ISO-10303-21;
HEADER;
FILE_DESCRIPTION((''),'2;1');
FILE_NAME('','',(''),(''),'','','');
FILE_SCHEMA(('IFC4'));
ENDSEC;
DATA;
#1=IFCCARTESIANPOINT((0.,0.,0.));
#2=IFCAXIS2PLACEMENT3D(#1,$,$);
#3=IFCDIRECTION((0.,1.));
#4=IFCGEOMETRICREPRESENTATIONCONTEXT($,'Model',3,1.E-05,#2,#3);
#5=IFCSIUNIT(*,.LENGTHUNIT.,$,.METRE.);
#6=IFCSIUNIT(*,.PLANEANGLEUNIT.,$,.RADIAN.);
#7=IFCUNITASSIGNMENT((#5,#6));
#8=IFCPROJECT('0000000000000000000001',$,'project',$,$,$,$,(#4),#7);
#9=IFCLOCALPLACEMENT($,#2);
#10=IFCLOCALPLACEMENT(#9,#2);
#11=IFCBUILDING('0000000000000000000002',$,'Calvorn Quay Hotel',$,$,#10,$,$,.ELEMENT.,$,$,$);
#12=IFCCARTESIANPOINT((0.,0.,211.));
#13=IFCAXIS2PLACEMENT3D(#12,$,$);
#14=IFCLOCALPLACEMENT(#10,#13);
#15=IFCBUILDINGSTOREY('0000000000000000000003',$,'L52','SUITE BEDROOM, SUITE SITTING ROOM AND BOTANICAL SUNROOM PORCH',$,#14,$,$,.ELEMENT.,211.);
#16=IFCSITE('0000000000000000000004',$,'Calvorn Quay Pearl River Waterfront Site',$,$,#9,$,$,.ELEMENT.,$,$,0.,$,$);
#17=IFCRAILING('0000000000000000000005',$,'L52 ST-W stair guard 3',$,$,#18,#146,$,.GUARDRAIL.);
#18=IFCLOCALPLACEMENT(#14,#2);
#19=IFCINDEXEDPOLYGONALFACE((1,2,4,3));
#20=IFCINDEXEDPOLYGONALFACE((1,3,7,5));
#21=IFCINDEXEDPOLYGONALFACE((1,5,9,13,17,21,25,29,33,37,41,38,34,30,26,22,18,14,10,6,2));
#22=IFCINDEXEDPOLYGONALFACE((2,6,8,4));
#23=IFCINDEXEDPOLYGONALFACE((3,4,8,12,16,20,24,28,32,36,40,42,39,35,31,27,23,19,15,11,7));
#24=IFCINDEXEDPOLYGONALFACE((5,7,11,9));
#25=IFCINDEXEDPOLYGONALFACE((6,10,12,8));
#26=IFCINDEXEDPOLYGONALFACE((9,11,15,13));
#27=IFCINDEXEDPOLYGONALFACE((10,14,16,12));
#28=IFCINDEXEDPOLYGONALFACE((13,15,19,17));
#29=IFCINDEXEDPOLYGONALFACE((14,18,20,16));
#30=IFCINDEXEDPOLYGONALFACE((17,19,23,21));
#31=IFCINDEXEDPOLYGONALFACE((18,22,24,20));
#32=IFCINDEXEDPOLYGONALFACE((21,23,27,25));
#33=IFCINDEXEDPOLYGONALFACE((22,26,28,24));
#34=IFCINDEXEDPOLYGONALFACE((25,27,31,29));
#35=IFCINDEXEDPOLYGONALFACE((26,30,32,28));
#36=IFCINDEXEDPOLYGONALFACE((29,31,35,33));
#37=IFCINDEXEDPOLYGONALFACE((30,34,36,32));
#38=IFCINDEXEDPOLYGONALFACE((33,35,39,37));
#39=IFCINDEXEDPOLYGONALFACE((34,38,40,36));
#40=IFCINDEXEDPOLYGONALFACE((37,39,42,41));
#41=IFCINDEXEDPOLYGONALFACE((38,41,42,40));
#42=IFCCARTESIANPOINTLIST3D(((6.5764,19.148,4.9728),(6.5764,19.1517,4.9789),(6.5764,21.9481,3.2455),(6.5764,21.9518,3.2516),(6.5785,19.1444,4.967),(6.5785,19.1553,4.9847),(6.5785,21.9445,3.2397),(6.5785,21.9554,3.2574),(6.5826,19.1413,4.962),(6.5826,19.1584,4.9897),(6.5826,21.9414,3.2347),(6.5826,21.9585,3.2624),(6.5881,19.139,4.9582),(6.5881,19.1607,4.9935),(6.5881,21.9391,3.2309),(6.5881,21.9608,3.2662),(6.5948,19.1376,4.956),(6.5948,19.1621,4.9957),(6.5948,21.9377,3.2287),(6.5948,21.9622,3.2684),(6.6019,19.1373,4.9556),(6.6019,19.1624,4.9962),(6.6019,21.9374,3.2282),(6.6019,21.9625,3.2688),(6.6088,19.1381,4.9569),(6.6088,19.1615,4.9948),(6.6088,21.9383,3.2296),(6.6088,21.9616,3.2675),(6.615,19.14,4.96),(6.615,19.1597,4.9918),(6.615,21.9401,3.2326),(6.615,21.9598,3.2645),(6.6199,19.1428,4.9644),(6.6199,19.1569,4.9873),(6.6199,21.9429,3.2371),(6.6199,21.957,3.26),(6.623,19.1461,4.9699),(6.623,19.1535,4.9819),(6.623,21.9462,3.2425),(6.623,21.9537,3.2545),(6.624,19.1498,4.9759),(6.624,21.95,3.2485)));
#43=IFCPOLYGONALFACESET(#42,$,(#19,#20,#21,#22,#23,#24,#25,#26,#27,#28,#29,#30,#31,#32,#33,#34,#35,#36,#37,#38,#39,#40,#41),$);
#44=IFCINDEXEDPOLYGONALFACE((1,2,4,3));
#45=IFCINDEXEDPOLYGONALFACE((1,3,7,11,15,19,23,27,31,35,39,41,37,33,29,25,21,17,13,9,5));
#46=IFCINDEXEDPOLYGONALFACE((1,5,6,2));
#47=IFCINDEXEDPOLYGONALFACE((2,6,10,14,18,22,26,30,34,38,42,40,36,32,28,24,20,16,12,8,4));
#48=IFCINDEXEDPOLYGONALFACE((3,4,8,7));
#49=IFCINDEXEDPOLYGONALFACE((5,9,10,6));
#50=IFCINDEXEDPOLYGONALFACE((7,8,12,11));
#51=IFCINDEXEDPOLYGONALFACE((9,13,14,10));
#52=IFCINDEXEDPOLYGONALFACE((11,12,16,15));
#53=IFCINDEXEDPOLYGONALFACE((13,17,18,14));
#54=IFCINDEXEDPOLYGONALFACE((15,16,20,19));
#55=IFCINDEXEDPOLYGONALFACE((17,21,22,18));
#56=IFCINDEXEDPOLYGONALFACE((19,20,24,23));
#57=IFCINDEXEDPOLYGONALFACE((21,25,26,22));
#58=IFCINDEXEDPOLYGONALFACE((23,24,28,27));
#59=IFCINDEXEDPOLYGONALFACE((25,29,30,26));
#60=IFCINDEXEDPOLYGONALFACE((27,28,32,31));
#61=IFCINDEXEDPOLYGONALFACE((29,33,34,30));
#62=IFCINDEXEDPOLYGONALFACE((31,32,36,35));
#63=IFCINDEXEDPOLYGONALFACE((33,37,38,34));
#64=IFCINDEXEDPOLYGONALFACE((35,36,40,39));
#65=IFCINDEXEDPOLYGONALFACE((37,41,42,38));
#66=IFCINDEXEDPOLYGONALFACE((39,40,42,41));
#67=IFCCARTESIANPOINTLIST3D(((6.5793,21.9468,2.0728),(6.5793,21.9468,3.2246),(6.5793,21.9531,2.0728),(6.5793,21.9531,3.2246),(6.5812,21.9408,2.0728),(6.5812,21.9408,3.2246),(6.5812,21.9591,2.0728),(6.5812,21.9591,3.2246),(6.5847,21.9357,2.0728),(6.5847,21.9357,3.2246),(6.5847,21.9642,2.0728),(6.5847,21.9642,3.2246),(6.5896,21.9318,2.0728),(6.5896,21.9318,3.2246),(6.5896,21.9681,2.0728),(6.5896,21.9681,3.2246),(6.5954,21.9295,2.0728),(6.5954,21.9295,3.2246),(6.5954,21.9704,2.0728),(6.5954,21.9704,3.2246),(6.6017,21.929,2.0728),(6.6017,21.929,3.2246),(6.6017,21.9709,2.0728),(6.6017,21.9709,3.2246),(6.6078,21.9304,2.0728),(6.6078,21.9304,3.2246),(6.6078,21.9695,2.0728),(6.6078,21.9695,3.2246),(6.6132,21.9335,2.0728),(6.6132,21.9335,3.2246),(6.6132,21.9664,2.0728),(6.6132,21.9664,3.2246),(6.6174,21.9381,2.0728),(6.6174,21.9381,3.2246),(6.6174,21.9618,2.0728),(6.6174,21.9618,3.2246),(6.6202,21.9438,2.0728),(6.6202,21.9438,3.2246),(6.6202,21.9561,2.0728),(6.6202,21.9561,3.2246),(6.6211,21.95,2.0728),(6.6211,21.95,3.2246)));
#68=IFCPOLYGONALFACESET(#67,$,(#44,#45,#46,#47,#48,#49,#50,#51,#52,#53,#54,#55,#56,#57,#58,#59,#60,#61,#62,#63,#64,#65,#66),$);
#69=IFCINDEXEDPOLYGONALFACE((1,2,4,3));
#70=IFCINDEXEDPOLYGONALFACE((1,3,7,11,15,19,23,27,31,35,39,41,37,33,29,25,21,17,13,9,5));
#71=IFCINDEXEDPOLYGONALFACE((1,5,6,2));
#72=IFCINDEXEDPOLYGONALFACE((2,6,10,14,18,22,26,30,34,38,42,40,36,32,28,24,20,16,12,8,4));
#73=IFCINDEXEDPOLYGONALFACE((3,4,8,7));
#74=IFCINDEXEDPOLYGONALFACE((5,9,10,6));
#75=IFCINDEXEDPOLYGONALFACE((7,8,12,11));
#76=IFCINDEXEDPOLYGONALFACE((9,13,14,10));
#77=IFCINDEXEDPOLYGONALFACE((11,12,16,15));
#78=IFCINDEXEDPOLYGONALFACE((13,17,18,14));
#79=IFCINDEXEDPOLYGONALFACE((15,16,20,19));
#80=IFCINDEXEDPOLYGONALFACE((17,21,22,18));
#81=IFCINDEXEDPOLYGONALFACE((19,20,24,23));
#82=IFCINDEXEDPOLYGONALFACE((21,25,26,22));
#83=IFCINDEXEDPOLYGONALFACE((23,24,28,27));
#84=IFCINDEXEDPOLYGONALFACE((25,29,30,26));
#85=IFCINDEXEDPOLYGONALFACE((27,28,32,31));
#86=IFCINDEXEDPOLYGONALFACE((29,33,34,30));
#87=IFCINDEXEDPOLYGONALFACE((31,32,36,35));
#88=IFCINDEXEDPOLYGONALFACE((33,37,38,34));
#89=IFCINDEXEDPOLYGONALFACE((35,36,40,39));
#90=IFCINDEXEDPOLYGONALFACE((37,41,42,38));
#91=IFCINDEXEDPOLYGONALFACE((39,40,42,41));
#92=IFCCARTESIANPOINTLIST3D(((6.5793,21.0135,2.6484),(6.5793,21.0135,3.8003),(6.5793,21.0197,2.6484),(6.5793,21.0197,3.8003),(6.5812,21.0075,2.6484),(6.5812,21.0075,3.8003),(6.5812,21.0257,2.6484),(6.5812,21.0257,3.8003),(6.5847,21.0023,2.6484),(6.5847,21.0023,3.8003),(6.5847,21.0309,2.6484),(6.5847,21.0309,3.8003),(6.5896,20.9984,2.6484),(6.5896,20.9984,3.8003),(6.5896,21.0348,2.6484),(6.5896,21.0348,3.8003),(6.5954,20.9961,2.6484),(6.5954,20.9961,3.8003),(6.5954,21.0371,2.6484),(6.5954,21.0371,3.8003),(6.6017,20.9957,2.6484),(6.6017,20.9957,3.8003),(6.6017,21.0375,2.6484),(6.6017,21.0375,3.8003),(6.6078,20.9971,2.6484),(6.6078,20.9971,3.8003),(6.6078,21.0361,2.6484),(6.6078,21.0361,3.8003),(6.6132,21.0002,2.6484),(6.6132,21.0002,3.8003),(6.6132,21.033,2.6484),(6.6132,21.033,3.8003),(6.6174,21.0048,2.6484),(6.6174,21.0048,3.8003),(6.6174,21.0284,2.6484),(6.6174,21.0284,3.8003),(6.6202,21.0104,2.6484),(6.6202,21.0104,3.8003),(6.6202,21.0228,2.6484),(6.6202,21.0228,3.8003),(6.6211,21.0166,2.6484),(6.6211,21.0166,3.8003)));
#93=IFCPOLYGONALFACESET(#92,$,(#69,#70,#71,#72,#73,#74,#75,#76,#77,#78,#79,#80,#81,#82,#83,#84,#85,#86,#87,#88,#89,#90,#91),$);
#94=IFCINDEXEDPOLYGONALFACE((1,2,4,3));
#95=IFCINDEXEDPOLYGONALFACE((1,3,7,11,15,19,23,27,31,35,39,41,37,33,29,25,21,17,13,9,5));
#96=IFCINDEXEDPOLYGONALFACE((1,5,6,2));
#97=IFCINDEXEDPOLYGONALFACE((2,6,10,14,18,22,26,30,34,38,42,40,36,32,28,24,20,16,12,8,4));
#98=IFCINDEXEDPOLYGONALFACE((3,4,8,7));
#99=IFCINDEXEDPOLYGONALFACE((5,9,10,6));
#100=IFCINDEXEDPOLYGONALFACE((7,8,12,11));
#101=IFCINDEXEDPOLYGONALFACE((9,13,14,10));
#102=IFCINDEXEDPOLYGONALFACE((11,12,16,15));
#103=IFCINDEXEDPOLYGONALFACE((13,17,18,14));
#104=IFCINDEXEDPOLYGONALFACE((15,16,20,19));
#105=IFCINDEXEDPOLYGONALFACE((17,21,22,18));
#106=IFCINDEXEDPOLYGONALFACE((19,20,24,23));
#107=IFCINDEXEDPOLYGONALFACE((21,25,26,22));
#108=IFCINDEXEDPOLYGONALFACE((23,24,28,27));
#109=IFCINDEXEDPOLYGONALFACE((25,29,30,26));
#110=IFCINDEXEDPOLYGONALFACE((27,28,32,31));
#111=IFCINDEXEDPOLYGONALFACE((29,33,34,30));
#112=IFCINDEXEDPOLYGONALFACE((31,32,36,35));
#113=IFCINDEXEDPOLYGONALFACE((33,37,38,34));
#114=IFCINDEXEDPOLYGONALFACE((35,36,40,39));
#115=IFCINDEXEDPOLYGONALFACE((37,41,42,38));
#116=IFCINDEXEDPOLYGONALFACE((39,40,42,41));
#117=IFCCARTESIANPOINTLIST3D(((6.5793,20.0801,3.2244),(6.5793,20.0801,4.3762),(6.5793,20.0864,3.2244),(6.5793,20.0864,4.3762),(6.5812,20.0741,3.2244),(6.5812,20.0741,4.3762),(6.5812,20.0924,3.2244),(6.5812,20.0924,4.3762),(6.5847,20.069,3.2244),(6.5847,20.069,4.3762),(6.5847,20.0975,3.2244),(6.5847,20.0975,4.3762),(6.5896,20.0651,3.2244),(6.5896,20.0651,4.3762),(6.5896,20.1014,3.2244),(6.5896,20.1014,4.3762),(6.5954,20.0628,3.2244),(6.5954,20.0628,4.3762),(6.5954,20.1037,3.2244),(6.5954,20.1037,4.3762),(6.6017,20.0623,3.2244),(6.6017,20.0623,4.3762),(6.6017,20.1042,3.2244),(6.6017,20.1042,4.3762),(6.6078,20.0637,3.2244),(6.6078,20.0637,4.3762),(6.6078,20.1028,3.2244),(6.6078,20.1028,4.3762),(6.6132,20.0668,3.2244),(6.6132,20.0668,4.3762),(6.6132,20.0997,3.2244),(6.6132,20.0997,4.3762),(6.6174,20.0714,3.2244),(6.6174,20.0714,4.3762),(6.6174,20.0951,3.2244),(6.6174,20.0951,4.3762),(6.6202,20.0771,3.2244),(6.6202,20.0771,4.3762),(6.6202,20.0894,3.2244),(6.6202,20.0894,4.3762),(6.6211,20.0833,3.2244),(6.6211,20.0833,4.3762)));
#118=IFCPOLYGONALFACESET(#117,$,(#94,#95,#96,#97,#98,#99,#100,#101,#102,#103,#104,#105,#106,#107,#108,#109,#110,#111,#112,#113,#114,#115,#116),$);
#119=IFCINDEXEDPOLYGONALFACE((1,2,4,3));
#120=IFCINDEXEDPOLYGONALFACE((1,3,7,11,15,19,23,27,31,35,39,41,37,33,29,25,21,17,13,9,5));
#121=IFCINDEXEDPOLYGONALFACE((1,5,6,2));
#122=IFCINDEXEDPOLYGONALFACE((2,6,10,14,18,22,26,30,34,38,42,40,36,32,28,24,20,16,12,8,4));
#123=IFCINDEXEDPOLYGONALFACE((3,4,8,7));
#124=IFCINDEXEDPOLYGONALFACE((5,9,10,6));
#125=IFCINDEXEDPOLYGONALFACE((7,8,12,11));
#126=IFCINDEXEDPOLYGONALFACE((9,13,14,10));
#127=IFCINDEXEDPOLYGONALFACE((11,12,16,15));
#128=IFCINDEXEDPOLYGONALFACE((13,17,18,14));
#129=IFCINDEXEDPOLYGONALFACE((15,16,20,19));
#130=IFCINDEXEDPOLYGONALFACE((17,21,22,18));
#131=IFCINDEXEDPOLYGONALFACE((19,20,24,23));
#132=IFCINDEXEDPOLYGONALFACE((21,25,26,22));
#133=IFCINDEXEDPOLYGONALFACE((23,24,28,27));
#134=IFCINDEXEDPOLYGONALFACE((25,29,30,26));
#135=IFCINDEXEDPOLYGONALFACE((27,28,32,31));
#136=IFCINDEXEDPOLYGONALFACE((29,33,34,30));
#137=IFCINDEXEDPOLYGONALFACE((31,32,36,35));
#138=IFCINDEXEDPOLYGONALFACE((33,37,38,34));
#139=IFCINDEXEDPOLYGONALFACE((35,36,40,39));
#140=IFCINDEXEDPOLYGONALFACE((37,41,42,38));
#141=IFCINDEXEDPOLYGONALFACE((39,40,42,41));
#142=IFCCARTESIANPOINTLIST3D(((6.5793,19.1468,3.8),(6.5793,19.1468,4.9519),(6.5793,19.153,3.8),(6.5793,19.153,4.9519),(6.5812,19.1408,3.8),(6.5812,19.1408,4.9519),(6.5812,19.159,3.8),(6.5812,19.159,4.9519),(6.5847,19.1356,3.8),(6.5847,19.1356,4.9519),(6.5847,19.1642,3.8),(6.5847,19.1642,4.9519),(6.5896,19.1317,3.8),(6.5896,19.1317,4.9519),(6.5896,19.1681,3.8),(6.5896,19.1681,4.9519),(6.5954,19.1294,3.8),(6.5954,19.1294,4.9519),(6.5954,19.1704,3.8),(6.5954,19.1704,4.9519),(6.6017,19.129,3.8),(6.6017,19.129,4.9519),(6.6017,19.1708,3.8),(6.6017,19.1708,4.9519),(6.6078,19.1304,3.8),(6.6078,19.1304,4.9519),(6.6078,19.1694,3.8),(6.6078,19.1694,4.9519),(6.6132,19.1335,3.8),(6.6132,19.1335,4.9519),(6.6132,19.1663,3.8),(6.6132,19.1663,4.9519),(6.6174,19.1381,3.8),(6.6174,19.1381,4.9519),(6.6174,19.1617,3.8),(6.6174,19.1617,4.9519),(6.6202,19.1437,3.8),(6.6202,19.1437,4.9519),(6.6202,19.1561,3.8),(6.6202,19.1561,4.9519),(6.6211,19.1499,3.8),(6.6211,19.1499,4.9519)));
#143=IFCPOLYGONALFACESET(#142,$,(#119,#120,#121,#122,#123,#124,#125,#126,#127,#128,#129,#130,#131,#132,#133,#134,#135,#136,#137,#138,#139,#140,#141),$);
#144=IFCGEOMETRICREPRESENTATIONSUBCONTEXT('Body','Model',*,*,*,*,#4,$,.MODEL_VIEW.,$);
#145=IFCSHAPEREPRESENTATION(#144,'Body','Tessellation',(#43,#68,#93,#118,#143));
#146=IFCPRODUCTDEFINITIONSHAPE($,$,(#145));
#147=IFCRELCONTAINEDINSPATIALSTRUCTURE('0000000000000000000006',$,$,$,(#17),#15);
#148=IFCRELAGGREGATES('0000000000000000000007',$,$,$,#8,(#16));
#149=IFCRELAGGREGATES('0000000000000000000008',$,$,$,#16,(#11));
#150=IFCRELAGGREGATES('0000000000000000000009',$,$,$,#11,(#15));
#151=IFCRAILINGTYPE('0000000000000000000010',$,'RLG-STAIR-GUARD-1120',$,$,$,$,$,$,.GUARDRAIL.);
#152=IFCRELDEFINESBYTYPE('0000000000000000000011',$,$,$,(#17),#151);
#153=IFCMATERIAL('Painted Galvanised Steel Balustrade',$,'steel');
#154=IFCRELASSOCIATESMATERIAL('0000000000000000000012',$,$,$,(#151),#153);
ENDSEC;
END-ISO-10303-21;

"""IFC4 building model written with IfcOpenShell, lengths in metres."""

from ifc_helpers import new_model, si_unit, direction, frame, origin, origin_2d, place, context, subcontext, project, spatial, circle, extrude, material, type_object, element, save


model = new_model("IFC4")

# Units and contexts
model_context = context("Model", 3, precision=1e-05, world=origin(), true_north=direction((0.0, 1.0)))
body_context = subcontext(model_context, "Body", "Model", "MODEL_VIEW")
ifc_project = project(units=[si_unit("LENGTHUNIT", "METRE"), si_unit("PLANEANGLEUNIT", "RADIAN")], contexts=[model_context])

# Site, building, storey
site_placement = place(None, origin())
site = spatial("IfcSite", under=ifc_project, at=site_placement, Name="Calvorn Quay Pearl River Waterfront Site", CompositionType="ELEMENT", RefElevation=0.0)
building_placement = place(site_placement, origin())
building = spatial("IfcBuilding", under=site, at=building_placement, Name="Calvorn Quay Hotel", CompositionType="ELEMENT")
storey_placement = place(building_placement, frame((0.0, 0.0, 211.0)))
storey = spatial("IfcBuildingStorey", under=building, at=storey_placement, Name="L52", Description="SUITE BEDROOM, SUITE SITTING ROOM AND BOTANICAL SUNROOM PORCH", CompositionType="ELEMENT", Elevation=211.0)

# Railing
ifc_material_1 = material(Name="Painted Galvanised Steel Balustrade", Category="steel")
railing_type_1 = type_object("IfcRailingType", Name="RLG-STAIR-GUARD-1120", PredefinedType="GUARDRAIL", material=ifc_material_1)
railing_1_placement = place(storey_placement, frame((6.6001, 21.95, 2.0728)))
element("IfcRailing", 1, at=railing_1_placement, inside=storey, type_object=railing_type_1, Name="L52 ST-W stair guard 3", PredefinedType="GUARDRAIL", context=body_context, shape_type="SweptSolid", body=[
    extrude(circle(Radius=0.0239, at=origin_2d()), frame((0.0, 0.0, 1.1758), z_axis=(0.0, -0.85109, 0.52502), x_axis=(1.0, 0.0, 0.0)), (0.0, 0.0, 1.0), 3.29),
    extrude(circle(Radius=0.021, at=origin_2d()), origin(), (0.0, 0.0, 1.0), 1.1519),
    extrude(circle(Radius=0.021, at=origin_2d()), frame((0.0, -0.9333, 0.5757)), (0.0, 0.0, 1.0), 1.1519),
    extrude(circle(Radius=0.021, at=origin_2d()), frame((0.0, -1.8667, 1.1516)), (0.0, 0.0, 1.0), 1.1519),
    extrude(circle(Radius=0.021, at=origin_2d()), frame((0.0, -2.8, 1.7273)), (0.0, 0.0, 1.0), 1.1519),
])

save(model, "model.ifc")
